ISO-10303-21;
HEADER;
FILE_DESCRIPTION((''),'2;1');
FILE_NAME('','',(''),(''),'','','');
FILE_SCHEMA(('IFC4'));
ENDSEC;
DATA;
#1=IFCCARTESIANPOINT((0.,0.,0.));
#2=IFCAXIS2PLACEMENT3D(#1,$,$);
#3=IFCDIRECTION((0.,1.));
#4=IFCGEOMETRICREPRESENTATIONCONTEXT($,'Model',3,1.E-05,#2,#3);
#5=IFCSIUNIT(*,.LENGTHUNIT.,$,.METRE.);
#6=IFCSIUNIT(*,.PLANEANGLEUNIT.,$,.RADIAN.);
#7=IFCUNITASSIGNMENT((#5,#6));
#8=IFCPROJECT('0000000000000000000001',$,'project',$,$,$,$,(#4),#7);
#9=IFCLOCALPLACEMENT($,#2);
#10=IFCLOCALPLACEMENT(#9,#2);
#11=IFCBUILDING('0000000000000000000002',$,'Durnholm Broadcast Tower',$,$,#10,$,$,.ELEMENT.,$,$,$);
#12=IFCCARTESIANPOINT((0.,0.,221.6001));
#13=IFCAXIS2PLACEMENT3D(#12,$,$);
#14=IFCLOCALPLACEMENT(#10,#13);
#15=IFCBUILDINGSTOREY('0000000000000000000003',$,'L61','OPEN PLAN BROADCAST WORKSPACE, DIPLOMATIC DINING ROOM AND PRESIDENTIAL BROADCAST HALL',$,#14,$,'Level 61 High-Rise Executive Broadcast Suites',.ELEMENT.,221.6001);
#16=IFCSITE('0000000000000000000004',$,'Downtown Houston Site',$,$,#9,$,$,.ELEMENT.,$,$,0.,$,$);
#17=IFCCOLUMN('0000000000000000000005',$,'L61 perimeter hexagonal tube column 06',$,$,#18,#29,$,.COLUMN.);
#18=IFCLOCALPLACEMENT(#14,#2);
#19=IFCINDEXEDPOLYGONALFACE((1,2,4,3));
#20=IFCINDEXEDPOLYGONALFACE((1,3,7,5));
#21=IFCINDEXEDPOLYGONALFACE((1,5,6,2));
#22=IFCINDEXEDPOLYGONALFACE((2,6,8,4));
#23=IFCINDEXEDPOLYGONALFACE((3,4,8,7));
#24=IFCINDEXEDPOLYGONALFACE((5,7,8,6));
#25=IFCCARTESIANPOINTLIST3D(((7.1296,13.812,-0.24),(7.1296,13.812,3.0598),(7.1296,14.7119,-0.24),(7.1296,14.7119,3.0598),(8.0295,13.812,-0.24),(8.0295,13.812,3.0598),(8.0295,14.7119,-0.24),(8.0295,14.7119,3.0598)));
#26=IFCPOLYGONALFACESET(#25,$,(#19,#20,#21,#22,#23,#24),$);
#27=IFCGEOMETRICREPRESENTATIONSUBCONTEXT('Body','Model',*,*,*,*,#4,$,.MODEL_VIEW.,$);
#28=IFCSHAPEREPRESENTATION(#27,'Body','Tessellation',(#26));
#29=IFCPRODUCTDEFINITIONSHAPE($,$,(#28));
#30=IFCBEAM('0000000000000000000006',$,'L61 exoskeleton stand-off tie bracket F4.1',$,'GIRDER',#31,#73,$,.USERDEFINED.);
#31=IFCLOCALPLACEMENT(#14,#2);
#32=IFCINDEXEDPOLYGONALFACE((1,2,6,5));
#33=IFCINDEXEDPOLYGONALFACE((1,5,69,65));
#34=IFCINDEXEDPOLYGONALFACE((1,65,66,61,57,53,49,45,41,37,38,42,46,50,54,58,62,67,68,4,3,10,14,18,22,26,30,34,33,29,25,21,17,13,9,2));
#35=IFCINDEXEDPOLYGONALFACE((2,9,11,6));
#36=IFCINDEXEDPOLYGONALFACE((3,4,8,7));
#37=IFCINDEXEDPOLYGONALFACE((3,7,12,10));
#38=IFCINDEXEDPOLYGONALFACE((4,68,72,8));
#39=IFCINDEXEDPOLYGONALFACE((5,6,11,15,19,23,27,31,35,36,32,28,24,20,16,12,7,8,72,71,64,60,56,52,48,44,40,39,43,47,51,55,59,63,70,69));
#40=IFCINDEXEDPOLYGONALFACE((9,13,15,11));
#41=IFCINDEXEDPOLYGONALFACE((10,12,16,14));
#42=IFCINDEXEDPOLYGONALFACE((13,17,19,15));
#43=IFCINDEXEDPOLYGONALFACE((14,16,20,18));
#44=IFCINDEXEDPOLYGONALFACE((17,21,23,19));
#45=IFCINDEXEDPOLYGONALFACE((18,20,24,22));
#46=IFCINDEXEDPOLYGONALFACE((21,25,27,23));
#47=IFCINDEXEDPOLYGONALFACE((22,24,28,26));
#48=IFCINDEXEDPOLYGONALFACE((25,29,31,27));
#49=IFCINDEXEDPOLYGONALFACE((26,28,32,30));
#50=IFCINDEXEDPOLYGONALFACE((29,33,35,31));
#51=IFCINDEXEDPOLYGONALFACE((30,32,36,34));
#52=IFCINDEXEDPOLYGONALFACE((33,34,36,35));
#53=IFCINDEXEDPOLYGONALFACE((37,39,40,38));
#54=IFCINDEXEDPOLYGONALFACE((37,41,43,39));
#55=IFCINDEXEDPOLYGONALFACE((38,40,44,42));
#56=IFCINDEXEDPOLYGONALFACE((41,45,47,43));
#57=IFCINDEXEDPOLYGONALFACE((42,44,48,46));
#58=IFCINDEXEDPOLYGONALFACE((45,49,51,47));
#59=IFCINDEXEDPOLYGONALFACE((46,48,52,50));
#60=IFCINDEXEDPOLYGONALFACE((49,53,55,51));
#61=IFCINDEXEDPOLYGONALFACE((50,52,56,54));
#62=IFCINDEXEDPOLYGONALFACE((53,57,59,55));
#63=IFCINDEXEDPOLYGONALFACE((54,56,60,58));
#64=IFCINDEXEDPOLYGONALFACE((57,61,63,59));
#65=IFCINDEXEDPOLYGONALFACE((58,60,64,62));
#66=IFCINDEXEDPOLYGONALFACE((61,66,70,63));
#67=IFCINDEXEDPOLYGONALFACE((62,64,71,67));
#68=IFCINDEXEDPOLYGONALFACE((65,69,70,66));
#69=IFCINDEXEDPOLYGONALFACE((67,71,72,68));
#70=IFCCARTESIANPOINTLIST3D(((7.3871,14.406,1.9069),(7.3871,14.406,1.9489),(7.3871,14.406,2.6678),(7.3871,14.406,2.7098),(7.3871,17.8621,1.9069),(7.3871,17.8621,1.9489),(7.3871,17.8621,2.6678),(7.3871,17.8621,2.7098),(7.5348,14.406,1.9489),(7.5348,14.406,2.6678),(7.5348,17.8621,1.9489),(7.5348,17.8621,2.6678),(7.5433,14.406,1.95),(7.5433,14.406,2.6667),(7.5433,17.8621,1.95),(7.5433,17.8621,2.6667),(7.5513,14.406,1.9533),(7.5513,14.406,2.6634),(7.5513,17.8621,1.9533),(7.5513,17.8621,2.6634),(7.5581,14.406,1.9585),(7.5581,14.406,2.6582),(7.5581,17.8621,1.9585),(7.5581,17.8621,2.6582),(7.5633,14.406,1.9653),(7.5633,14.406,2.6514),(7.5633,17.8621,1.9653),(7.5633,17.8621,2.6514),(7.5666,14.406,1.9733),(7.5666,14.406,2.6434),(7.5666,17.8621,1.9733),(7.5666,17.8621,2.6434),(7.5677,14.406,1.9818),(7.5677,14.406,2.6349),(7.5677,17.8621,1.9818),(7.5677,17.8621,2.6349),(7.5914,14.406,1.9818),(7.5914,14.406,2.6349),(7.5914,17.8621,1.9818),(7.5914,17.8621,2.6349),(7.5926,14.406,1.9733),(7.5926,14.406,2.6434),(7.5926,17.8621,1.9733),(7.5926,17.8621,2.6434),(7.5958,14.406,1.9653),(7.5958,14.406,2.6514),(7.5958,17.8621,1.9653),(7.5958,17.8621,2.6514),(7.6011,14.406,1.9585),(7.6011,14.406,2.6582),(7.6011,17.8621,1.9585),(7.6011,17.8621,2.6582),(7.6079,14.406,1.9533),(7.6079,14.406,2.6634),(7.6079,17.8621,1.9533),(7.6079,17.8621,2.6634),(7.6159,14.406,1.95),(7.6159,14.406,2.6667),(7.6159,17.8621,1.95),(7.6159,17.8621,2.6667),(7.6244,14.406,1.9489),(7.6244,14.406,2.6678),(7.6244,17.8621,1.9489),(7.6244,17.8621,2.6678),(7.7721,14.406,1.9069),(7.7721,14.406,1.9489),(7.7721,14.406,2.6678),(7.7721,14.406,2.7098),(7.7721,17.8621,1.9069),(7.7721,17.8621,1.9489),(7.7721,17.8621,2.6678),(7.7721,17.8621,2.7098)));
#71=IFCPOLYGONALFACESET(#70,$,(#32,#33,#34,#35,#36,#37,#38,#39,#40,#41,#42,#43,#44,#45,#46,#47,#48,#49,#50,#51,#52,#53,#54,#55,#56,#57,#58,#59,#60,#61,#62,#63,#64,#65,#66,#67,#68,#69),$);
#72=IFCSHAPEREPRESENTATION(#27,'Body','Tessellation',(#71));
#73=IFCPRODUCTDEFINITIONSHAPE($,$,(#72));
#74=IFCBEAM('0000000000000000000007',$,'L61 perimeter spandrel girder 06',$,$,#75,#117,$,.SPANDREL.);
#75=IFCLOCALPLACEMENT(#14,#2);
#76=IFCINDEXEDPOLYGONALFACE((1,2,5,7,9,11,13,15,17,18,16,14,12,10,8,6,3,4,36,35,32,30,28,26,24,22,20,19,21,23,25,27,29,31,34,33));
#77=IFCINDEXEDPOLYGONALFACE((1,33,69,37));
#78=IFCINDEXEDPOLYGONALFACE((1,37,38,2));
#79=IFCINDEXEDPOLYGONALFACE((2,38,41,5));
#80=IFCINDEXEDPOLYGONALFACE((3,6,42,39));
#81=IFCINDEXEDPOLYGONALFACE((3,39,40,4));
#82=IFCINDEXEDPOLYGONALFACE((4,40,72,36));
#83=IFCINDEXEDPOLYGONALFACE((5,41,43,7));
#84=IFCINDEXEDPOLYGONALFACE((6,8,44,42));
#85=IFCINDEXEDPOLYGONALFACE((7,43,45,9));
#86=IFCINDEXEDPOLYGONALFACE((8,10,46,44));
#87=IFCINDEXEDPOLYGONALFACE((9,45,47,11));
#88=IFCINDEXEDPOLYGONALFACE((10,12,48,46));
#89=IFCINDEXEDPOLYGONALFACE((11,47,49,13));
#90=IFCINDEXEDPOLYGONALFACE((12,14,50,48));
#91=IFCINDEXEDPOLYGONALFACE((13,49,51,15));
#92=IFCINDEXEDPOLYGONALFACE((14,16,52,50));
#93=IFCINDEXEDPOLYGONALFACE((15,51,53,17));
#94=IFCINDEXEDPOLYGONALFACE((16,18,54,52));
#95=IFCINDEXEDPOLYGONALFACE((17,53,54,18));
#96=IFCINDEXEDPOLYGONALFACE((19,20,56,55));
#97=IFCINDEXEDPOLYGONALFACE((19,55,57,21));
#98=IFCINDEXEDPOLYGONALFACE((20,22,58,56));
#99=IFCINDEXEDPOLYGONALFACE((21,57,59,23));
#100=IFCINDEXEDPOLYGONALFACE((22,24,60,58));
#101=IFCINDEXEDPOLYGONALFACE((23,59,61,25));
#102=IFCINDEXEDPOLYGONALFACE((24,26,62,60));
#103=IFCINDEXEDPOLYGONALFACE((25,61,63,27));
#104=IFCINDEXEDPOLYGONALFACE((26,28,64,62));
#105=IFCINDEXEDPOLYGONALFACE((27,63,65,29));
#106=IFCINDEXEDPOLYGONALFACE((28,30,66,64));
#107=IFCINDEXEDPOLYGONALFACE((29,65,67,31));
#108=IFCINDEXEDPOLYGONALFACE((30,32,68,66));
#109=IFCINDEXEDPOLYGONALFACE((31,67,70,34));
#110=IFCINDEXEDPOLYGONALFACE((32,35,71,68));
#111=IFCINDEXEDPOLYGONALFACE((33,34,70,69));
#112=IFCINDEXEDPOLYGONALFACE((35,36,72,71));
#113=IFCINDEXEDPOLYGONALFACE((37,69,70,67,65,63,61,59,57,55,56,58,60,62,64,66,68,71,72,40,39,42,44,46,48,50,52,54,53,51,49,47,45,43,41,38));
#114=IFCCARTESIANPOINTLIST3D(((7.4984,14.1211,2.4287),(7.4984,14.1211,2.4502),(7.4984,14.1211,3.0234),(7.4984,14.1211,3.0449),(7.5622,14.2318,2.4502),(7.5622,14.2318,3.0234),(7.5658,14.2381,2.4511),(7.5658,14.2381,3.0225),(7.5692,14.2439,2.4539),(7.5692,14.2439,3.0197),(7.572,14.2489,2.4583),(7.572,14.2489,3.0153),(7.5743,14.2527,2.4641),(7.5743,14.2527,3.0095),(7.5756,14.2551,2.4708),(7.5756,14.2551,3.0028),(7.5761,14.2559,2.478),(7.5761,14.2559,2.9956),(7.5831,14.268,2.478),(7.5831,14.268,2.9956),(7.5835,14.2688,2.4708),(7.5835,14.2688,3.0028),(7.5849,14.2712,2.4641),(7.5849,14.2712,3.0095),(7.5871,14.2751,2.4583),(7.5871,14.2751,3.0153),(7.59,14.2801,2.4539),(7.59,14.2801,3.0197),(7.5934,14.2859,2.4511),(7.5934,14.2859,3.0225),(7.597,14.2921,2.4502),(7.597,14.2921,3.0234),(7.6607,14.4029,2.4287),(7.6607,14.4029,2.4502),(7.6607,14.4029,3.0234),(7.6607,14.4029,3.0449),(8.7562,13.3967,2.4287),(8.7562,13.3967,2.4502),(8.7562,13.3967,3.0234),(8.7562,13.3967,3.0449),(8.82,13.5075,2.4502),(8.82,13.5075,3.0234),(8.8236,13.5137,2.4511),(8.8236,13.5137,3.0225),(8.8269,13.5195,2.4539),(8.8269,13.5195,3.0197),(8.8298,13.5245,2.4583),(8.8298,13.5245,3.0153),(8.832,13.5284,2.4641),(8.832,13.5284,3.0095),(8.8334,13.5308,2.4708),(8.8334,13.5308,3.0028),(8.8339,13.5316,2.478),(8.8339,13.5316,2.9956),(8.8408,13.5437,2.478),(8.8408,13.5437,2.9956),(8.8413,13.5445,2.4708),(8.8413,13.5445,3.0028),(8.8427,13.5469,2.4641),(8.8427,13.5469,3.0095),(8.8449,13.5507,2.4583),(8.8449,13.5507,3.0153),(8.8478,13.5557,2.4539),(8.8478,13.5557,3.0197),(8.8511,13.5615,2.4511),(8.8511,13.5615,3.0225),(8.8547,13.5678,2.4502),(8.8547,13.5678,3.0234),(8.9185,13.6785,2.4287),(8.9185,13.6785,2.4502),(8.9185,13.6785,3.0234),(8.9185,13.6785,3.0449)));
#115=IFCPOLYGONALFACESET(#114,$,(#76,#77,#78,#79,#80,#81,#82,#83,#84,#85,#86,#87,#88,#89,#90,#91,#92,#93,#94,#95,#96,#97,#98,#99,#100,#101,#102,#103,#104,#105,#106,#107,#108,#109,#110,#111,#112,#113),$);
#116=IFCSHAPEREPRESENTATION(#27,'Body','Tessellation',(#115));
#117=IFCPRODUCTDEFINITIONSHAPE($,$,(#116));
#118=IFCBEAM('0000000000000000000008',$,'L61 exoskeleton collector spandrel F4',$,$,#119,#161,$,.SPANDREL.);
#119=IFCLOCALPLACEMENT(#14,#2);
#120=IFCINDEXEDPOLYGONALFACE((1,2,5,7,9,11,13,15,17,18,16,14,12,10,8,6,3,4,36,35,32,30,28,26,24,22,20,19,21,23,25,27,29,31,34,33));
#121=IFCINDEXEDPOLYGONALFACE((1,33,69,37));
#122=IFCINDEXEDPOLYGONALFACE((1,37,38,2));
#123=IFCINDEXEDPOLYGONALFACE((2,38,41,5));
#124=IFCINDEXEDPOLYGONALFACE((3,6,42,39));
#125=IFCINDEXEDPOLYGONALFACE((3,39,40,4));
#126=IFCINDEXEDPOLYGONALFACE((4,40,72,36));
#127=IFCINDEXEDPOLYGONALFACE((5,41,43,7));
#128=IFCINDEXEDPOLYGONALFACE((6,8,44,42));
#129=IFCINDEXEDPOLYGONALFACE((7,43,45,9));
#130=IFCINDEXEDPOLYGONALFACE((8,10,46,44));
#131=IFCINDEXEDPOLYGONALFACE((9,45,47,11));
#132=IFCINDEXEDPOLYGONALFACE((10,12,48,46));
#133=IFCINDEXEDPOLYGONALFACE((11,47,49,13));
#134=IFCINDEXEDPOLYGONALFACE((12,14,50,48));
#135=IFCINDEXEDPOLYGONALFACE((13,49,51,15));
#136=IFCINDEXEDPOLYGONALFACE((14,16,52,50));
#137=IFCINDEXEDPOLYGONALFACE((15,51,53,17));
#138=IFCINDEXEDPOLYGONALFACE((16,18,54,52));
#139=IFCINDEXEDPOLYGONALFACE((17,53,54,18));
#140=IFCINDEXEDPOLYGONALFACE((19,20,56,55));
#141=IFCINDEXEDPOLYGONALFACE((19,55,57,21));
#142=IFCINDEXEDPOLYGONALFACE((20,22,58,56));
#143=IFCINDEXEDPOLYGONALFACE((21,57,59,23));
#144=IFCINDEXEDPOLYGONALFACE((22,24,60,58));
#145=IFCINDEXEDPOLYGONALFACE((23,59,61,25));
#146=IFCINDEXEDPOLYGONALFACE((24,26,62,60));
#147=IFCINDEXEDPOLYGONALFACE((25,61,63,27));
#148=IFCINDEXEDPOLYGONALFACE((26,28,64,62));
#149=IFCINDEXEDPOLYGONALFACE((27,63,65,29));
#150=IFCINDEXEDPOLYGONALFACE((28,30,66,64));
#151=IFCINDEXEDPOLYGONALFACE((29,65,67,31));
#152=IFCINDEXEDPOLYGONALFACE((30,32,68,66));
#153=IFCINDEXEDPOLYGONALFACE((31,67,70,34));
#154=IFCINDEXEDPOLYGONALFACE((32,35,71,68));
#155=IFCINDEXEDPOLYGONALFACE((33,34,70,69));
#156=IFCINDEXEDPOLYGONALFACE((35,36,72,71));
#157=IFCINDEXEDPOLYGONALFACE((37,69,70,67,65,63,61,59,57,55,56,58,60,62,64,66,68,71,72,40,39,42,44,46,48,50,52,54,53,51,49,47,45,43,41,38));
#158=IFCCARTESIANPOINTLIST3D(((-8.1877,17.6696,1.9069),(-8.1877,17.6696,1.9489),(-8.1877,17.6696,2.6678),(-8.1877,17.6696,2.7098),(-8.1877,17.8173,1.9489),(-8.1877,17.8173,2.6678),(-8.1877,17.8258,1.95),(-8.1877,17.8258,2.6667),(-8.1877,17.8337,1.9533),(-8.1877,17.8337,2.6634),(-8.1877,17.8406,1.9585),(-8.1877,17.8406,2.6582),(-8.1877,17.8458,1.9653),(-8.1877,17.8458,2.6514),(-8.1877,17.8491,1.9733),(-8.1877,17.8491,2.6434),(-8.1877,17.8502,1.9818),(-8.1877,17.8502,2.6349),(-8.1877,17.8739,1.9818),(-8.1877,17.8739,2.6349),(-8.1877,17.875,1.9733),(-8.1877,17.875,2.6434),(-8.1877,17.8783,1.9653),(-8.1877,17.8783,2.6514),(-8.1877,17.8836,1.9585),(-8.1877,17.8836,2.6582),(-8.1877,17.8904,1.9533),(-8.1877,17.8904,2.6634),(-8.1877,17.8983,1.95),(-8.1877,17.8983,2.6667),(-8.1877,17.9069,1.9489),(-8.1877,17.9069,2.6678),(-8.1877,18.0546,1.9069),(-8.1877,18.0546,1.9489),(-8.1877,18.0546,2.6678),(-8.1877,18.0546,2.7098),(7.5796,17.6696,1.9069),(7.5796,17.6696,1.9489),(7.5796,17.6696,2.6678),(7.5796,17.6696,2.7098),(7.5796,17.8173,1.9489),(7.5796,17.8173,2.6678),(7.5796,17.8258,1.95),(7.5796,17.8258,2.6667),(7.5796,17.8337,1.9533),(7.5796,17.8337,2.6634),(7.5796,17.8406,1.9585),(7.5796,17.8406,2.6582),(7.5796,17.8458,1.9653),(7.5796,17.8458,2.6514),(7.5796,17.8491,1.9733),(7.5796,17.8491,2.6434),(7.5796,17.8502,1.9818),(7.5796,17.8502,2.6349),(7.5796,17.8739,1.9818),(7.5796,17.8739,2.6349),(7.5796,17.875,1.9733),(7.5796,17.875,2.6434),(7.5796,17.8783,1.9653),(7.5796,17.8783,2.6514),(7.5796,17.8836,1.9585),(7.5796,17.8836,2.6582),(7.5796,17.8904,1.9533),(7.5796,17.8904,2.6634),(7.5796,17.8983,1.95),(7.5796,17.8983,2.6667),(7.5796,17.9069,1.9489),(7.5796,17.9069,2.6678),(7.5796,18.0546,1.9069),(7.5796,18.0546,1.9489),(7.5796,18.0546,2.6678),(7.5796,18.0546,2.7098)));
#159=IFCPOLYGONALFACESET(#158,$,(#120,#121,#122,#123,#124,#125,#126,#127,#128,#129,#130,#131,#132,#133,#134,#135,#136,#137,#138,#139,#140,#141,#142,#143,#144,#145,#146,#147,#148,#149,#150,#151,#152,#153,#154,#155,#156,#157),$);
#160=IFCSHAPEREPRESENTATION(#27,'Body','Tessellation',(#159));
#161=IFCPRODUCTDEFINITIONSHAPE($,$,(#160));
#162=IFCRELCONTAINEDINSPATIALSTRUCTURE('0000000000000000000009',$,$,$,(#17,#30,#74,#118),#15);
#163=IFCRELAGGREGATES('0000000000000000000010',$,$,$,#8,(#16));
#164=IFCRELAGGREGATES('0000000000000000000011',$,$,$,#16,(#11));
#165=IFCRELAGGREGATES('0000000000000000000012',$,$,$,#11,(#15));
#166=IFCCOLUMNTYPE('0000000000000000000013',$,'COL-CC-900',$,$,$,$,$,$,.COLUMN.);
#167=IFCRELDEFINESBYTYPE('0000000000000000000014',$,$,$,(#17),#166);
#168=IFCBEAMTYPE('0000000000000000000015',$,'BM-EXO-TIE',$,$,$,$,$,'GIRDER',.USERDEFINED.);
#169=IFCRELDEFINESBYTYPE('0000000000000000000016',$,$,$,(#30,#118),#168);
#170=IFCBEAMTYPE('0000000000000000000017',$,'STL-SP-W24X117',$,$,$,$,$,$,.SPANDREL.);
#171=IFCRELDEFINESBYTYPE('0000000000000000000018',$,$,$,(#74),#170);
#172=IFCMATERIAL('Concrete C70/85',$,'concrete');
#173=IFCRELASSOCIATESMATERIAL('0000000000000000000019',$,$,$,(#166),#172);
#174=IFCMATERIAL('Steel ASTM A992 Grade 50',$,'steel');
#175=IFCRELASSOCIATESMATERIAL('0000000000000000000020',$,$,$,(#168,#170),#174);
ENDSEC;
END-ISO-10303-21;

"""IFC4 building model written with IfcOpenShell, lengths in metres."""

from ifc_helpers import new_model, si_unit, direction, frame, origin, origin_2d, place, context, subcontext, project, spatial, rectangle, i_section, extrude, source, transform, mapped, material, material_profile, profile_set, type_object, type_shapes, element, save


model = new_model("IFC4")

# Units and contexts
model_context = context("Model", 3, precision=1e-05, world=origin(), true_north=direction((0.0, 1.0)))
body_context = subcontext(model_context, "Body", "Model", "MODEL_VIEW")
ifc_project = project(units=[si_unit("LENGTHUNIT", "METRE"), si_unit("PLANEANGLEUNIT", "RADIAN")], contexts=[model_context])

# Site, building, storey
site_placement = place(None, origin())
site = spatial("IfcSite", under=ifc_project, at=site_placement, Name="Downtown Houston Site", CompositionType="ELEMENT", RefElevation=0.0)
building_placement = place(site_placement, origin())
building = spatial("IfcBuilding", under=site, at=building_placement, Name="Durnholm Broadcast Tower", CompositionType="ELEMENT")
storey_placement = place(building_placement, frame((0.0, 0.0, 221.6001)))
storey = spatial("IfcBuildingStorey", under=building, at=storey_placement, Name="L61", Description="OPEN PLAN BROADCAST WORKSPACE, DIPLOMATIC DINING ROOM AND PRESIDENTIAL BROADCAST HALL", LongName="Level 61 High-Rise Executive Broadcast Suites", CompositionType="ELEMENT", Elevation=221.6001)

# Column
ifc_material_1 = material(Name="Concrete C70/85", Category="concrete")
ifc_material_profile_1 = material_profile(ifc_material_1, rectangle(XDim=0.8999, YDim=0.8999, at=origin_2d()), Name="RC900X900")
ifc_profile_set_1 = profile_set([ifc_material_profile_1], Name="Concrete C70/85")
column_type = type_object("IfcColumnType", Name="COL-CC-900", PredefinedType="COLUMN", material=ifc_profile_set_1)
shared_shape_1 = source(origin(), body_context, "Body", "SweptSolid", [
    extrude(rectangle(XDim=0.8999, YDim=0.8999, at=origin_2d()), origin(), (0.0, 0.0, 1.0), 3.2998),
])
type_shapes(column_type, [shared_shape_1])
column_placement = place(storey_placement, frame((7.5796, 14.262, -0.24), z_axis=(0.0, 0.0, 1.0), x_axis=(1.0, 0.0, 0.0)))
element("IfcColumn", 1, at=column_placement, inside=storey, type_object=column_type, Name="L61 perimeter hexagonal tube column 06", PredefinedType="COLUMN", context=body_context, shape_type="MappedRepresentation", body=[
    mapped(shared_shape_1, transform((0.0, 0.0, 0.0), x_axis=(1.0, 0.0, 0.0), y_axis=(0.0, 1.0, 0.0), z_axis=(0.0, 0.0, 1.0), scale=1.0)),
])

# Beams
ifc_material_2 = material(Name="Steel ASTM A992 Grade 50", Category="steel")
ifc_material_profile_2 = material_profile(ifc_material_2, i_section(OverallWidth=0.385, OverallDepth=0.803, WebThickness=0.0237, FlangeThickness=0.042, FilletRadius=0.033, at=origin_2d()), Name="W30X261")
ifc_profile_set_2 = profile_set([ifc_material_profile_2], Name="Steel ASTM A992 Grade 50")
beam_type_1 = type_object("IfcBeamType", Name="BM-EXO-TIE", ElementType="GIRDER", PredefinedType="USERDEFINED", material=ifc_profile_set_2)
shared_shape_2 = source(origin(), body_context, "Body", "SweptSolid", [
    extrude(i_section(OverallWidth=0.385, OverallDepth=0.803, WebThickness=0.0237, FlangeThickness=0.042, FilletRadius=0.033, at=origin_2d()), origin(), (0.0, 0.0, 1.0), 3.4561),
])
beam_1_placement = place(storey_placement, frame((7.5796, 14.406, 2.3083), z_axis=(0.0, 1.0, 0.0), x_axis=(-1.0, 0.0, 0.0)))
element("IfcBeam", 2, at=beam_1_placement, inside=storey, type_object=beam_type_1, Name="L61 exoskeleton stand-off tie bracket F4.1", ObjectType="GIRDER", PredefinedType="USERDEFINED", context=body_context, shape_type="MappedRepresentation", body=[
    mapped(shared_shape_2, transform((0.0, 0.0, 0.0), x_axis=(1.0, 0.0, 0.0), y_axis=(0.0, 1.0, 0.0), z_axis=(0.0, 0.0, 1.0), scale=1.0)),
])
ifc_material_profile_3 = material_profile(ifc_material_2, i_section(OverallWidth=0.3252, OverallDepth=0.6162, WebThickness=0.0139, FlangeThickness=0.0215, FilletRadius=0.0278, at=origin_2d()), Name="W24X117")
ifc_profile_set_3 = profile_set([ifc_material_profile_3], Name="Steel ASTM A992 Grade 50")
beam_type_2 = type_object("IfcBeamType", Name="STL-SP-W24X117", PredefinedType="SPANDREL", material=ifc_profile_set_3)
shared_shape_3 = source(origin(), body_context, "Body", "SweptSolid", [
    extrude(i_section(OverallWidth=0.3252, OverallDepth=0.6162, WebThickness=0.0139, FlangeThickness=0.0215, FilletRadius=0.0278, at=origin_2d()), origin(), (0.0, 0.0, 1.0), 1.4514),
])
type_shapes(beam_type_2, [shared_shape_3])
beam_2_placement = place(storey_placement, frame((7.5796, 14.262, 2.7368), z_axis=(0.866572, -0.499052, 0.0), x_axis=(0.499052, 0.866572, 0.0)))
element("IfcBeam", 3, at=beam_2_placement, inside=storey, type_object=beam_type_2, Name="L61 perimeter spandrel girder 06", PredefinedType="SPANDREL", context=body_context, shape_type="MappedRepresentation", body=[
    mapped(shared_shape_3, transform((0.0, 0.0, 0.0), x_axis=(1.0, 0.0, 0.0), y_axis=(0.0, 1.0, 0.0), z_axis=(0.0, 0.0, 1.0), scale=1.0)),
])
shared_shape_4 = source(origin(), body_context, "Body", "SweptSolid", [
    extrude(i_section(OverallWidth=0.385, OverallDepth=0.803, WebThickness=0.0237, FlangeThickness=0.042, FilletRadius=0.033, at=origin_2d()), origin(), (0.0, 0.0, 1.0), 15.7673),
])
type_shapes(beam_type_1, [shared_shape_2, shared_shape_4])
beam_3_placement = place(storey_placement, frame((7.5796, 17.8621, 2.3083), z_axis=(-1.0, 0.0, 0.0), x_axis=(0.0, -1.0, 0.0)))
element("IfcBeam", 4, at=beam_3_placement, inside=storey, type_object=beam_type_1, Name="L61 exoskeleton collector spandrel F4", PredefinedType="SPANDREL", context=body_context, shape_type="MappedRepresentation", body=[
    mapped(shared_shape_4, transform((0.0, 0.0, 0.0), x_axis=(1.0, 0.0, 0.0), y_axis=(0.0, 1.0, 0.0), z_axis=(0.0, 0.0, 1.0), scale=1.0)),
])

save(model, "model.ifc")
